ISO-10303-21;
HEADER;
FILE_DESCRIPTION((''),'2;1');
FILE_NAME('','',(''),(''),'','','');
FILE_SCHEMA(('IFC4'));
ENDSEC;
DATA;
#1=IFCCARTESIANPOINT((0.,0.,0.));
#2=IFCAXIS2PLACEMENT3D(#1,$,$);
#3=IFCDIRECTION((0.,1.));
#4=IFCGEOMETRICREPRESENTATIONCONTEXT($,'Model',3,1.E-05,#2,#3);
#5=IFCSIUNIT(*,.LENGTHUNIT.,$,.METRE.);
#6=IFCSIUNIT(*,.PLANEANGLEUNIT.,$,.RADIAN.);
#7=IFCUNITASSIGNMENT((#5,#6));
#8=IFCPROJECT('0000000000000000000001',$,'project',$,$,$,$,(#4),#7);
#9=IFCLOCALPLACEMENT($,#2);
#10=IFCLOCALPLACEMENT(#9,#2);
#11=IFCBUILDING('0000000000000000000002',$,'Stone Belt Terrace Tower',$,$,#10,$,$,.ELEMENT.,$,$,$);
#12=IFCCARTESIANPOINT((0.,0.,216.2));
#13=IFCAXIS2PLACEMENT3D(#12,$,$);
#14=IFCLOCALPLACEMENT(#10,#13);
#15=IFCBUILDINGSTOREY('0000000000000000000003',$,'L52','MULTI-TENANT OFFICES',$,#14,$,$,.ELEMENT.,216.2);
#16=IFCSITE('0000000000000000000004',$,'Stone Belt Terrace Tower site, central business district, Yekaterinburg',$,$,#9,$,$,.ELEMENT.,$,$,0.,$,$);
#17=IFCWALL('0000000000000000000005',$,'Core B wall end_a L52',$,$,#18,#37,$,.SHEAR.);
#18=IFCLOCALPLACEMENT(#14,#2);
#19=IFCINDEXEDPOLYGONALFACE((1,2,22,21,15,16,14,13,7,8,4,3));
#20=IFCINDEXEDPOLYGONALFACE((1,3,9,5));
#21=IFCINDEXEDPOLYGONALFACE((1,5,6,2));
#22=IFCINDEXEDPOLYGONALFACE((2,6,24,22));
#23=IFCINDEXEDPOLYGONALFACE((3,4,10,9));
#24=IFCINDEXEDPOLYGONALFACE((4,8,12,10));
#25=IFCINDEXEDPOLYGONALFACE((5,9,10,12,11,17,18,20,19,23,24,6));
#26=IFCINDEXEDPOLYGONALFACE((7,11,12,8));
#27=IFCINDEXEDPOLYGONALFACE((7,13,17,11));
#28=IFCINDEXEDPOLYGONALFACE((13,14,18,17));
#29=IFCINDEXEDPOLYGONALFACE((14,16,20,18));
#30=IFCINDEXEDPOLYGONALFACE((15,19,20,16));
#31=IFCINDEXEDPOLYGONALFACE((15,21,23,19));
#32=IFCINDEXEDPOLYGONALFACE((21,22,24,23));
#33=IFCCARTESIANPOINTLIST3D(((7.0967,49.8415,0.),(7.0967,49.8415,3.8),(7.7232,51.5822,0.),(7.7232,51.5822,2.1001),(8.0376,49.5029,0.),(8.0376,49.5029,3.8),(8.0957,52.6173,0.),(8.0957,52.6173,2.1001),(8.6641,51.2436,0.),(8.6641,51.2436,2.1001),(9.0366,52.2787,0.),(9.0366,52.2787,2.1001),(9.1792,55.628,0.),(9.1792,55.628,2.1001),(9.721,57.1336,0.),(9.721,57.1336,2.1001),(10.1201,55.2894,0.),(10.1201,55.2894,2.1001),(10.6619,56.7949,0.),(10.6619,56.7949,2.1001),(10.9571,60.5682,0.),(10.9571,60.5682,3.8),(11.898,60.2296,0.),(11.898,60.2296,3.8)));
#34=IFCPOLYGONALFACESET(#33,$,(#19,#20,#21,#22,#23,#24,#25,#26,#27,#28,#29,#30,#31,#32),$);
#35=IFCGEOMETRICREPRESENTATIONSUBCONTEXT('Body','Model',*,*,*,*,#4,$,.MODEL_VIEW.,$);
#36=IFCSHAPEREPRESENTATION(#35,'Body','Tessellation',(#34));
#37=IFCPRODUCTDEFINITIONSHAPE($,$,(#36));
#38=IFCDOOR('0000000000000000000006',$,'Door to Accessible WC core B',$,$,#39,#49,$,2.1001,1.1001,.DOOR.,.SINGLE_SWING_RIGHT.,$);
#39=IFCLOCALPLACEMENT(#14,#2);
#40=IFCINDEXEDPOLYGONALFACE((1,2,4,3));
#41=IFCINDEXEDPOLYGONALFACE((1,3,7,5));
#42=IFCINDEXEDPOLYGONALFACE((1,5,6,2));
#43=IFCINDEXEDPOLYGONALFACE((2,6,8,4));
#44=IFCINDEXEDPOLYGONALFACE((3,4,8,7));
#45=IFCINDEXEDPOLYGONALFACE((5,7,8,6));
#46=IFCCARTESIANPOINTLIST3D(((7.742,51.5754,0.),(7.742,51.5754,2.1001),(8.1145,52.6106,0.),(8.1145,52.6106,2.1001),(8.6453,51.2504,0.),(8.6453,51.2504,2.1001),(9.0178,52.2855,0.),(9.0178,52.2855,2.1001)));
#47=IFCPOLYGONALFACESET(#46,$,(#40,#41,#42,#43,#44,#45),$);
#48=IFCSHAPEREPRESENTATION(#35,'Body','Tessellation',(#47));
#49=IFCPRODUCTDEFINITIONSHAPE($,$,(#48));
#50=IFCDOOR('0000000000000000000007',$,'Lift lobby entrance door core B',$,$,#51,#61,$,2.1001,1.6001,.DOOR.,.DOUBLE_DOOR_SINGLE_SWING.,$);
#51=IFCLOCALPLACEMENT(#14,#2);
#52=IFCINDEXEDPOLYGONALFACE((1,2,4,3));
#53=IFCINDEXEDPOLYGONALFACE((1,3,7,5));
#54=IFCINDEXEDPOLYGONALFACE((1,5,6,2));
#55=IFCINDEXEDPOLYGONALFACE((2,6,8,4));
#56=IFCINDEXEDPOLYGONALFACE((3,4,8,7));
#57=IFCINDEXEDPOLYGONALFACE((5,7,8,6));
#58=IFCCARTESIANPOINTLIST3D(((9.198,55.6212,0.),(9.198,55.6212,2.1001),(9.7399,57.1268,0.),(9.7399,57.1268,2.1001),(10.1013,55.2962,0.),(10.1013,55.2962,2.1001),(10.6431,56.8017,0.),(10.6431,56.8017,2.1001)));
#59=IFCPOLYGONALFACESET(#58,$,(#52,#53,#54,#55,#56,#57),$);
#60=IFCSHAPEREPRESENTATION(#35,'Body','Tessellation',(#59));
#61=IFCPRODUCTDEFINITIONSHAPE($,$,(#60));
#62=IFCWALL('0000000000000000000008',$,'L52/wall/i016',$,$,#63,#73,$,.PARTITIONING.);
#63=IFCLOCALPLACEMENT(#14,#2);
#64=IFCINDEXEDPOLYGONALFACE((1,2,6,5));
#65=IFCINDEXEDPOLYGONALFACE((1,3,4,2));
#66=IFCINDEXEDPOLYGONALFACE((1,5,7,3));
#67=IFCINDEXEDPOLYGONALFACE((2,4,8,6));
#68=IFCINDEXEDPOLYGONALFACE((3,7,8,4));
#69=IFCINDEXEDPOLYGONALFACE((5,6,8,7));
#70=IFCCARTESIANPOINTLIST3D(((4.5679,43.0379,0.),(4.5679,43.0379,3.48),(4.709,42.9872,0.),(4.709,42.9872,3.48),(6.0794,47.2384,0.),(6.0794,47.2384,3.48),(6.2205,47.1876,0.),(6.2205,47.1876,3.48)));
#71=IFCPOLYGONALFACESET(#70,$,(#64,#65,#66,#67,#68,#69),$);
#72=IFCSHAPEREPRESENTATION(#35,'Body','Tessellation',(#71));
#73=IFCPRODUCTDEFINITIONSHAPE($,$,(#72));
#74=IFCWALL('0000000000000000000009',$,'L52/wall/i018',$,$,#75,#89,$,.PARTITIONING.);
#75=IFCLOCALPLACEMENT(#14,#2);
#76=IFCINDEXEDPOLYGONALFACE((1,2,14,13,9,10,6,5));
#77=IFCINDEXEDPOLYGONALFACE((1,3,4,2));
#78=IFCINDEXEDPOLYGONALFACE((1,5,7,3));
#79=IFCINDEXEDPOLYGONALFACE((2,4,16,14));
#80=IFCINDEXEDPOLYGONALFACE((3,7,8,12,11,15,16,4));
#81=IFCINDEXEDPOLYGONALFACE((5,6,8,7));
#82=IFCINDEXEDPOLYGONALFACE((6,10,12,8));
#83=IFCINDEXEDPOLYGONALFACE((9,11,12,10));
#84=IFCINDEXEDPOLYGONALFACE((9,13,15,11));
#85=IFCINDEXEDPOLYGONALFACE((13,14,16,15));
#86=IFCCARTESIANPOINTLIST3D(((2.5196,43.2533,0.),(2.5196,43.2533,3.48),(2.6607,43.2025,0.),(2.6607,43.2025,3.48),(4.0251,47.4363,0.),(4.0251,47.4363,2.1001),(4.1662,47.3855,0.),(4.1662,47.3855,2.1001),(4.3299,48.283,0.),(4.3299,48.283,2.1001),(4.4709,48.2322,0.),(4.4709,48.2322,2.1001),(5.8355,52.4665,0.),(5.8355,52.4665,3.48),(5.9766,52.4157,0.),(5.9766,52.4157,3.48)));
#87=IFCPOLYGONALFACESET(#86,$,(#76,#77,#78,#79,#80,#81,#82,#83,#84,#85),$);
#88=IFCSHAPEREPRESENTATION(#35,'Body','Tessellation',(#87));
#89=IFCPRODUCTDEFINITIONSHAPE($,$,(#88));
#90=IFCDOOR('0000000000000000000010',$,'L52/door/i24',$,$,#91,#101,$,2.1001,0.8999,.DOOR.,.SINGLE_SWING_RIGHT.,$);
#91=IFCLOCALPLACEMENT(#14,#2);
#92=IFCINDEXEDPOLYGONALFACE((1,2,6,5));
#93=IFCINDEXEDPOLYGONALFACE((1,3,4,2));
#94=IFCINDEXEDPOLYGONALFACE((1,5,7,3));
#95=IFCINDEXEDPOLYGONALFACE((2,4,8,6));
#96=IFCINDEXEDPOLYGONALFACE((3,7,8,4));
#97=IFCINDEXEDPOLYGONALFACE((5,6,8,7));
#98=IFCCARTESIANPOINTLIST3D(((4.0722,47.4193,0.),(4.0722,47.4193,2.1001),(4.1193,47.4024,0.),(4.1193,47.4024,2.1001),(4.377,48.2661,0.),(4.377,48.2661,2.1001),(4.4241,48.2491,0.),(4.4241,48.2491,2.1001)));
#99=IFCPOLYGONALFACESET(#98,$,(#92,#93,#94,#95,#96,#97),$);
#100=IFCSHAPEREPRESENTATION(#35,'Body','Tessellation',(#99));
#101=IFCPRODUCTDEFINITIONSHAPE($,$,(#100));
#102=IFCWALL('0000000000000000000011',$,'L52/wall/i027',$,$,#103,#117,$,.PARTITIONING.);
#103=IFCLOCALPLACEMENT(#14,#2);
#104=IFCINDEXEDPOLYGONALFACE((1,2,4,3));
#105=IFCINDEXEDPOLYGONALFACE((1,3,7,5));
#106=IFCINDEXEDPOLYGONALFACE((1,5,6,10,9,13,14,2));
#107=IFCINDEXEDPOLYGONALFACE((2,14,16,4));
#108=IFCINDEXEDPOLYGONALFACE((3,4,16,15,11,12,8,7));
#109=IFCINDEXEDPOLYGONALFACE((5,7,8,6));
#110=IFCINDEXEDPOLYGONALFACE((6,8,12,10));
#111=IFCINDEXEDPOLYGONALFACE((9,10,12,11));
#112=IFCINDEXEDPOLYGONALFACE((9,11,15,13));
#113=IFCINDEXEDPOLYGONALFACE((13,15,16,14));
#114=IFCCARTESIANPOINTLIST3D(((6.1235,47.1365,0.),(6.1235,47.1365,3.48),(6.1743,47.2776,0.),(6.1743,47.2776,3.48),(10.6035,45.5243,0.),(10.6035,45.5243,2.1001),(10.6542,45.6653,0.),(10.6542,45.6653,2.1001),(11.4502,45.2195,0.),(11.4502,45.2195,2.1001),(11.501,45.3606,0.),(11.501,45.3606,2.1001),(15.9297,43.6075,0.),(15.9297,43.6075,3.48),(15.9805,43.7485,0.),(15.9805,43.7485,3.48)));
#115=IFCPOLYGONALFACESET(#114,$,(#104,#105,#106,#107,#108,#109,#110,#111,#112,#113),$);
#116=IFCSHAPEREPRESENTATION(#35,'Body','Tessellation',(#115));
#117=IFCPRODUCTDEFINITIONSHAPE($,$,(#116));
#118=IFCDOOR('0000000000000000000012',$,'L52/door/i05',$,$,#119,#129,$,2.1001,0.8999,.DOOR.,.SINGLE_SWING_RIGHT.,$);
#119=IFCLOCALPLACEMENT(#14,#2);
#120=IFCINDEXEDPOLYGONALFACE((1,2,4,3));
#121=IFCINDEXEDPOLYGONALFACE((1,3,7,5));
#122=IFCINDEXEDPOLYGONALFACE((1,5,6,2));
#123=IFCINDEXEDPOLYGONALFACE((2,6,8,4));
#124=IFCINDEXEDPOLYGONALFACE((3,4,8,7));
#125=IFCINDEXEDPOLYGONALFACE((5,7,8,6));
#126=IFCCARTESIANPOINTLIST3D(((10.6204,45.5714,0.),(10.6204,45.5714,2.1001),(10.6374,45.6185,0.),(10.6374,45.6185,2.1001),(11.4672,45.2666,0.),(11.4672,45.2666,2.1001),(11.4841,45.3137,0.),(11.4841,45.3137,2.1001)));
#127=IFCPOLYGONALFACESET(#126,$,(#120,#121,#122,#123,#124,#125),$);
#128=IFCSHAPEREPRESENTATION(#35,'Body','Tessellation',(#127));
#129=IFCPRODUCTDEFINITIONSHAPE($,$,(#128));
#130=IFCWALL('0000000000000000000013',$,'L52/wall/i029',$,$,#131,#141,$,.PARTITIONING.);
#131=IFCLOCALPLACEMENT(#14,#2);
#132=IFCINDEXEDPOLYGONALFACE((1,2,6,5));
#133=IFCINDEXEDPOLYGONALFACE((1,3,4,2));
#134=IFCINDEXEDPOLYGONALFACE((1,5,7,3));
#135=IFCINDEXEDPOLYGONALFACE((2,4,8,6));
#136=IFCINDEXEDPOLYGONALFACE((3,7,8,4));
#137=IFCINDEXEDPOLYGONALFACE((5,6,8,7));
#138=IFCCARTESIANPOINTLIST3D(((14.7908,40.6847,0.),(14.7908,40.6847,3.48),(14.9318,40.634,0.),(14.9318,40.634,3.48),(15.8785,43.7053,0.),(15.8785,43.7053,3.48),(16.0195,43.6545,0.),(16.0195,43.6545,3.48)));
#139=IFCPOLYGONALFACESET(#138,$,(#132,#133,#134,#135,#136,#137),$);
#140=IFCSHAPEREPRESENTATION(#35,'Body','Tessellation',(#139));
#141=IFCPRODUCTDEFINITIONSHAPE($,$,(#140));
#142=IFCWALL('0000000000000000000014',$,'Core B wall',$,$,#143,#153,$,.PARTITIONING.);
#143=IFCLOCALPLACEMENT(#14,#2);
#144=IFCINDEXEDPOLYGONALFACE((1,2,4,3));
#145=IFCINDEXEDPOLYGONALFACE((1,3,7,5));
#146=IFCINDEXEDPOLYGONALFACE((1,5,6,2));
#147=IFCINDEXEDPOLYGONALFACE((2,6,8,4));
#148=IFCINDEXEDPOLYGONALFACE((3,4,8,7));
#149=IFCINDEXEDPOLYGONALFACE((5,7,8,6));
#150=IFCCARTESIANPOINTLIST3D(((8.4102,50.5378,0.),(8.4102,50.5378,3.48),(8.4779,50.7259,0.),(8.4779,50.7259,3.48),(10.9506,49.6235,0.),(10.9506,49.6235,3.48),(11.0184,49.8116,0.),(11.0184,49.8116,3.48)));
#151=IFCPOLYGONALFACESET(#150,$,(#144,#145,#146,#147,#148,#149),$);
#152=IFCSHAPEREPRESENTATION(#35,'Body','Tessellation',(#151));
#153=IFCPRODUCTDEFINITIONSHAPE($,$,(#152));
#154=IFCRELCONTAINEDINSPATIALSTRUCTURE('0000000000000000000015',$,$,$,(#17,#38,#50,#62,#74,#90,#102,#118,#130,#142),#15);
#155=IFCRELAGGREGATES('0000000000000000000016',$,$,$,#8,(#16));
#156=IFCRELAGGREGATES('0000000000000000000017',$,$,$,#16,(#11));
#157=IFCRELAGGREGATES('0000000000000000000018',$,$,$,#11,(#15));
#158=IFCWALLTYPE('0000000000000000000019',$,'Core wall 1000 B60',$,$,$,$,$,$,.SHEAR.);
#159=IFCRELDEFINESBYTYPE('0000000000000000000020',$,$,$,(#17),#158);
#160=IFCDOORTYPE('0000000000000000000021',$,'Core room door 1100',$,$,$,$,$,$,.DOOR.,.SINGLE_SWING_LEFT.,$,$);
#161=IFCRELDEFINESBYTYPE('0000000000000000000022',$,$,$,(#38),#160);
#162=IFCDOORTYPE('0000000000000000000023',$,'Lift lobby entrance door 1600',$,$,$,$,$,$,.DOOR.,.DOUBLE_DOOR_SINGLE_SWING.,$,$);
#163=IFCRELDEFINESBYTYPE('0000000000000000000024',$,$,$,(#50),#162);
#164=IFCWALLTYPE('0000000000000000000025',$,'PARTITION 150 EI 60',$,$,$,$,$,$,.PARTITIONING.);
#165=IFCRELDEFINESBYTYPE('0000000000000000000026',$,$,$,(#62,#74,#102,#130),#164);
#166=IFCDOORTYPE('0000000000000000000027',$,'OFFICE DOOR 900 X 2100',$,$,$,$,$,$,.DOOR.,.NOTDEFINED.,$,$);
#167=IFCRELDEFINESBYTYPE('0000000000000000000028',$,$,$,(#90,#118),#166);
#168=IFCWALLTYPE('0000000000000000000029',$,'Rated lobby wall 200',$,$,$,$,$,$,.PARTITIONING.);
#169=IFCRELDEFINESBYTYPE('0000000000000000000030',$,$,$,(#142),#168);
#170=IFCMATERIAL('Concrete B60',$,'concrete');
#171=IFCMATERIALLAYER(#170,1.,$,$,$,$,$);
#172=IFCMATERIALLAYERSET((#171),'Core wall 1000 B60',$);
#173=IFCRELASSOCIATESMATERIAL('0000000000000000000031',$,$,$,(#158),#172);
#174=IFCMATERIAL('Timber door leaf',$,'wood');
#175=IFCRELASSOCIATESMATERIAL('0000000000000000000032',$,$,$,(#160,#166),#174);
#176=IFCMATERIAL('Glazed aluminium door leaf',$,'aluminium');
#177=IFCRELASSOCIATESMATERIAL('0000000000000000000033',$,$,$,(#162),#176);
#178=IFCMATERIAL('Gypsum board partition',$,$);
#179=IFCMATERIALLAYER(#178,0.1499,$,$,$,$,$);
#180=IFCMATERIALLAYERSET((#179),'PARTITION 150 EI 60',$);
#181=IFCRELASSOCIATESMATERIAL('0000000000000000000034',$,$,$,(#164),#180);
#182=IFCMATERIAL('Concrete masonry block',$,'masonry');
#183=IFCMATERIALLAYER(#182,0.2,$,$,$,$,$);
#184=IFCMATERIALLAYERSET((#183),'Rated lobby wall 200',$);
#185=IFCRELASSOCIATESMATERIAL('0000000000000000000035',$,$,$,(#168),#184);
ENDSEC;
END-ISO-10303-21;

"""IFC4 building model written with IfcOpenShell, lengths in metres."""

from ifc_helpers import new_model, si_unit, direction, frame, frame_2d, origin, place, context, subcontext, project, spatial, rectangle, extrude, material, layer, layer_set, type_object, element, fill, save


model = new_model("IFC4")

# Units and contexts
model_context = context("Model", 3, precision=1e-05, world=origin(), true_north=direction((0.0, 1.0)))
body_context = subcontext(model_context, "Body", "Model", "MODEL_VIEW")
ifc_project = project(units=[si_unit("LENGTHUNIT", "METRE"), si_unit("PLANEANGLEUNIT", "RADIAN")], contexts=[model_context])

# Site, building, storey
site_placement = place(None, origin())
site = spatial("IfcSite", under=ifc_project, at=site_placement, Name="Stone Belt Terrace Tower site, central business district, Yekaterinburg", CompositionType="ELEMENT", RefElevation=0.0)
building_placement = place(site_placement, origin())
building = spatial("IfcBuilding", under=site, at=building_placement, Name="Stone Belt Terrace Tower", CompositionType="ELEMENT")
storey_placement = place(building_placement, frame((0.0, 0.0, 216.2)))
storey = spatial("IfcBuildingStorey", under=building, at=storey_placement, Name="L52", Description="MULTI-TENANT OFFICES", CompositionType="ELEMENT", Elevation=216.2)

# Shared definitions
ifc_material_1 = material(Name="Concrete B60", Category="concrete")

# Wall, openings, doors
ifc_layer_1 = layer(ifc_material_1, 1.0)
ifc_layer_set_1 = layer_set([ifc_layer_1], Name="Core wall 1000 B60")
wall_type_1 = type_object("IfcWallType", Name="Core wall 1000 B60", PredefinedType="SHEAR", material=ifc_layer_set_1)
ifc_material_2 = material(Name="Timber door leaf", Category="wood")
door_type_1 = type_object("IfcDoorType", Name="Core room door 1100", OperationType="SINGLE_SWING_LEFT", PredefinedType="DOOR", material=ifc_material_2)
wall_1_placement = place(storey_placement, frame((7.5671, 49.6721, 0.0), z_axis=(0.0, 0.0, 1.0), x_axis=(0.338625, 0.940921, 0.0)))
wall_1 = element("IfcWall", 1, at=wall_1_placement, inside=storey, type_object=wall_type_1, Name="Core B wall end_a L52", PredefinedType="SHEAR", context=body_context, shape_type="SweptSolid", body=[
    extrude(rectangle(XDim=11.4001, YDim=1.0, at=frame_2d((5.7002, 0.0))), origin(), (0.0, 0.0, 1.0), 3.8),
])
opening_1_placement = place(wall_1_placement, frame((6.1499, 0.0, 0.0)))
opening_1 = element("IfcOpeningElement", 2, at=opening_1_placement, cuts=wall_1, PredefinedType="OPENING", context=body_context, shape_type="SweptSolid", body=[
    extrude(rectangle(XDim=1.6001, YDim=2.1001, at=frame_2d((0.8, 1.05))), frame((0.0, 0.51, 0.0), z_axis=(0.0, -1.0, 0.0), x_axis=(1.0, 0.0, 0.0)), (0.0, 0.0, 1.0), 1.02),
])
opening_2_placement = place(wall_1_placement, frame((1.8501, 0.0, 0.0)))
opening_2 = element("IfcOpeningElement", 3, at=opening_2_placement, cuts=wall_1, PredefinedType="OPENING", context=body_context, shape_type="SweptSolid", body=[
    extrude(rectangle(XDim=1.1001, YDim=2.1001, at=frame_2d((0.55, 1.05))), frame((0.0, 0.51, 0.0), z_axis=(0.0, -1.0, 0.0), x_axis=(1.0, 0.0, 0.0)), (0.0, 0.0, 1.0), 1.02),
])
door_1_placement = place(opening_2_placement, origin())
door_1 = element("IfcDoor", 4, at=door_1_placement, inside=storey, type_object=door_type_1, Name="Door to Accessible WC core B", OperationType="SINGLE_SWING_RIGHT", OverallHeight=2.1001, OverallWidth=1.1001, PredefinedType="DOOR", context=body_context, shape_type="SweptSolid", body=[
    extrude(rectangle(XDim=1.1001, YDim=2.1001, at=frame_2d((0.55, 1.05))), frame((0.0, 0.48, 0.0), z_axis=(0.0, -1.0, 0.0), x_axis=(1.0, 0.0, 0.0)), (0.0, 0.0, 1.0), 0.96),
])
fill(opening_2, door_1)
ifc_material_3 = material(Name="Glazed aluminium door leaf", Category="aluminium")
door_type_2 = type_object("IfcDoorType", Name="Lift lobby entrance door 1600", OperationType="DOUBLE_DOOR_SINGLE_SWING", PredefinedType="DOOR", material=ifc_material_3)
door_2_placement = place(opening_1_placement, origin())
door_2 = element("IfcDoor", 5, at=door_2_placement, inside=storey, type_object=door_type_2, Name="Lift lobby entrance door core B", OperationType="DOUBLE_DOOR_SINGLE_SWING", OverallHeight=2.1001, OverallWidth=1.6001, PredefinedType="DOOR", context=body_context, shape_type="SweptSolid", body=[
    extrude(rectangle(XDim=1.6001, YDim=2.1001, at=frame_2d((0.8, 1.05))), frame((0.0, 0.48, 0.0), z_axis=(0.0, -1.0, 0.0), x_axis=(1.0, 0.0, 0.0)), (0.0, 0.0, 1.0), 0.96),
])
fill(opening_1, door_2)

# Wall
ifc_material_4 = material(Name="Gypsum board partition")
ifc_layer_2 = layer(ifc_material_4, 0.1499)
ifc_layer_set_2 = layer_set([ifc_layer_2], Name="PARTITION 150 EI 60")
wall_type_2 = type_object("IfcWallType", Name="PARTITION 150 EI 60", PredefinedType="PARTITIONING", material=ifc_layer_set_2)
wall_2_placement = place(storey_placement, frame((6.1499, 47.2129, 0.0), z_axis=(0.0, 0.0, 1.0), x_axis=(-0.338584, -0.940936, 0.0)))
element("IfcWall", 6, at=wall_2_placement, inside=storey, type_object=wall_type_2, Name="L52/wall/i016", PredefinedType="PARTITIONING", context=body_context, shape_type="SweptSolid", body=[
    extrude(rectangle(XDim=4.4641, YDim=0.1499, at=frame_2d((2.2319, 0.0))), origin(), (0.0, 0.0, 1.0), 3.48),
])

# Walls, openings, doors
wall_3_placement = place(storey_placement, frame((2.5901, 43.2278, 0.0), z_axis=(0.0, 0.0, 1.0), x_axis=(0.338646, 0.940914, 0.0)))
wall_3 = element("IfcWall", 7, at=wall_3_placement, inside=storey, type_object=wall_type_2, Name="L52/wall/i018", PredefinedType="PARTITIONING", context=body_context, shape_type="SweptSolid", body=[
    extrude(rectangle(XDim=9.7917, YDim=0.1499, at=frame_2d((4.896, 0.0))), origin(), (0.0, 0.0, 1.0), 3.48),
])
opening_3_placement = place(wall_3_placement, frame((4.4458, 0.0, 0.0)))
opening_3 = element("IfcOpeningElement", 8, at=opening_3_placement, cuts=wall_3, PredefinedType="OPENING", context=body_context, shape_type="SweptSolid", body=[
    extrude(rectangle(XDim=0.8999, YDim=2.1001, at=frame_2d((0.45, 1.05))), frame((0.0, 0.085, 0.0), z_axis=(0.0, -1.0, 0.0), x_axis=(1.0, 0.0, 0.0)), (0.0, 0.0, 1.0), 0.1699),
])
door_type_3 = type_object("IfcDoorType", Name="OFFICE DOOR 900 X 2100", OperationType="NOTDEFINED", PredefinedType="DOOR", material=ifc_material_2)
door_3_placement = place(opening_3_placement, origin())
door_3 = element("IfcDoor", 9, at=door_3_placement, inside=storey, type_object=door_type_3, Name="L52/door/i24", OperationType="SINGLE_SWING_RIGHT", OverallHeight=2.1001, OverallWidth=0.8999, PredefinedType="DOOR", context=body_context, shape_type="SweptSolid", body=[
    extrude(rectangle(XDim=0.8999, YDim=2.1001, at=frame_2d((0.45, 1.05))), frame((0.0, 0.0249, 0.0), z_axis=(0.0, -1.0, 0.0), x_axis=(1.0, 0.0, 0.0)), (0.0, 0.0, 1.0), 0.05),
])
fill(opening_3, door_3)
wall_4_placement = place(storey_placement, frame((15.9551, 43.678, 0.0), z_axis=(0.0, 0.0, 1.0), x_axis=(-0.940923, 0.338621, 0.0)))
wall_4 = element("IfcWall", 10, at=wall_4_placement, inside=storey, type_object=wall_type_2, Name="L52/wall/i027", PredefinedType="PARTITIONING", context=body_context, shape_type="SweptSolid", body=[
    extrude(rectangle(XDim=10.4219, YDim=0.1499, at=frame_2d((5.2109, 0.0))), origin(), (0.0, 0.0, 1.0), 3.48),
])
opening_4_placement = place(wall_4_placement, frame((4.7607, 0.0, 0.0)))
opening_4 = element("IfcOpeningElement", 11, at=opening_4_placement, cuts=wall_4, PredefinedType="OPENING", context=body_context, shape_type="SweptSolid", body=[
    extrude(rectangle(XDim=0.8999, YDim=2.1001, at=frame_2d((0.45, 1.05))), frame((0.0, 0.085, 0.0), z_axis=(0.0, -1.0, 0.0), x_axis=(1.0, 0.0, 0.0)), (0.0, 0.0, 1.0), 0.1699),
])
door_4_placement = place(opening_4_placement, origin())
door_4 = element("IfcDoor", 12, at=door_4_placement, inside=storey, type_object=door_type_3, Name="L52/door/i05", OperationType="SINGLE_SWING_RIGHT", OverallHeight=2.1001, OverallWidth=0.8999, PredefinedType="DOOR", context=body_context, shape_type="SweptSolid", body=[
    extrude(rectangle(XDim=0.8999, YDim=2.1001, at=frame_2d((0.45, 1.05))), frame((0.0, 0.0249, 0.0), z_axis=(0.0, -1.0, 0.0), x_axis=(1.0, 0.0, 0.0)), (0.0, 0.0, 1.0), 0.05),
])
fill(opening_4, door_4)

# Walls
wall_5_placement = place(storey_placement, frame((15.949, 43.6799, 0.0), z_axis=(0.0, 0.0, 1.0), x_axis=(-0.338792, -0.940861, 0.0)))
element("IfcWall", 13, at=wall_5_placement, inside=storey, type_object=wall_type_2, Name="L52/wall/i029", PredefinedType="PARTITIONING", context=body_context, shape_type="SweptSolid", body=[
    extrude(rectangle(XDim=3.2104, YDim=0.1499, at=frame_2d((1.6052, 0.0))), origin(), (0.0, 0.0, 1.0), 3.48),
])
ifc_material_5 = material(Name="Concrete masonry block", Category="masonry")
ifc_layer_3 = layer(ifc_material_5, 0.2)
ifc_layer_set_3 = layer_set([ifc_layer_3], Name="Rated lobby wall 200")
wall_type_3 = type_object("IfcWallType", Name="Rated lobby wall 200", PredefinedType="PARTITIONING", material=ifc_layer_set_3)
wall_6_placement = place(storey_placement, frame((10.9846, 49.7175, 0.0), z_axis=(0.0, 0.0, 1.0), x_axis=(-0.940921, 0.338627, 0.0)))
element("IfcWall", 14, at=wall_6_placement, inside=storey, type_object=wall_type_3, Name="Core B wall", PredefinedType="PARTITIONING", context=body_context, shape_type="SweptSolid", body=[
    extrude(rectangle(XDim=2.7, YDim=0.2, at=frame_2d((1.3501, 0.0))), origin(), (0.0, 0.0, 1.0), 3.48),
])

save(model, "model.ifc")
